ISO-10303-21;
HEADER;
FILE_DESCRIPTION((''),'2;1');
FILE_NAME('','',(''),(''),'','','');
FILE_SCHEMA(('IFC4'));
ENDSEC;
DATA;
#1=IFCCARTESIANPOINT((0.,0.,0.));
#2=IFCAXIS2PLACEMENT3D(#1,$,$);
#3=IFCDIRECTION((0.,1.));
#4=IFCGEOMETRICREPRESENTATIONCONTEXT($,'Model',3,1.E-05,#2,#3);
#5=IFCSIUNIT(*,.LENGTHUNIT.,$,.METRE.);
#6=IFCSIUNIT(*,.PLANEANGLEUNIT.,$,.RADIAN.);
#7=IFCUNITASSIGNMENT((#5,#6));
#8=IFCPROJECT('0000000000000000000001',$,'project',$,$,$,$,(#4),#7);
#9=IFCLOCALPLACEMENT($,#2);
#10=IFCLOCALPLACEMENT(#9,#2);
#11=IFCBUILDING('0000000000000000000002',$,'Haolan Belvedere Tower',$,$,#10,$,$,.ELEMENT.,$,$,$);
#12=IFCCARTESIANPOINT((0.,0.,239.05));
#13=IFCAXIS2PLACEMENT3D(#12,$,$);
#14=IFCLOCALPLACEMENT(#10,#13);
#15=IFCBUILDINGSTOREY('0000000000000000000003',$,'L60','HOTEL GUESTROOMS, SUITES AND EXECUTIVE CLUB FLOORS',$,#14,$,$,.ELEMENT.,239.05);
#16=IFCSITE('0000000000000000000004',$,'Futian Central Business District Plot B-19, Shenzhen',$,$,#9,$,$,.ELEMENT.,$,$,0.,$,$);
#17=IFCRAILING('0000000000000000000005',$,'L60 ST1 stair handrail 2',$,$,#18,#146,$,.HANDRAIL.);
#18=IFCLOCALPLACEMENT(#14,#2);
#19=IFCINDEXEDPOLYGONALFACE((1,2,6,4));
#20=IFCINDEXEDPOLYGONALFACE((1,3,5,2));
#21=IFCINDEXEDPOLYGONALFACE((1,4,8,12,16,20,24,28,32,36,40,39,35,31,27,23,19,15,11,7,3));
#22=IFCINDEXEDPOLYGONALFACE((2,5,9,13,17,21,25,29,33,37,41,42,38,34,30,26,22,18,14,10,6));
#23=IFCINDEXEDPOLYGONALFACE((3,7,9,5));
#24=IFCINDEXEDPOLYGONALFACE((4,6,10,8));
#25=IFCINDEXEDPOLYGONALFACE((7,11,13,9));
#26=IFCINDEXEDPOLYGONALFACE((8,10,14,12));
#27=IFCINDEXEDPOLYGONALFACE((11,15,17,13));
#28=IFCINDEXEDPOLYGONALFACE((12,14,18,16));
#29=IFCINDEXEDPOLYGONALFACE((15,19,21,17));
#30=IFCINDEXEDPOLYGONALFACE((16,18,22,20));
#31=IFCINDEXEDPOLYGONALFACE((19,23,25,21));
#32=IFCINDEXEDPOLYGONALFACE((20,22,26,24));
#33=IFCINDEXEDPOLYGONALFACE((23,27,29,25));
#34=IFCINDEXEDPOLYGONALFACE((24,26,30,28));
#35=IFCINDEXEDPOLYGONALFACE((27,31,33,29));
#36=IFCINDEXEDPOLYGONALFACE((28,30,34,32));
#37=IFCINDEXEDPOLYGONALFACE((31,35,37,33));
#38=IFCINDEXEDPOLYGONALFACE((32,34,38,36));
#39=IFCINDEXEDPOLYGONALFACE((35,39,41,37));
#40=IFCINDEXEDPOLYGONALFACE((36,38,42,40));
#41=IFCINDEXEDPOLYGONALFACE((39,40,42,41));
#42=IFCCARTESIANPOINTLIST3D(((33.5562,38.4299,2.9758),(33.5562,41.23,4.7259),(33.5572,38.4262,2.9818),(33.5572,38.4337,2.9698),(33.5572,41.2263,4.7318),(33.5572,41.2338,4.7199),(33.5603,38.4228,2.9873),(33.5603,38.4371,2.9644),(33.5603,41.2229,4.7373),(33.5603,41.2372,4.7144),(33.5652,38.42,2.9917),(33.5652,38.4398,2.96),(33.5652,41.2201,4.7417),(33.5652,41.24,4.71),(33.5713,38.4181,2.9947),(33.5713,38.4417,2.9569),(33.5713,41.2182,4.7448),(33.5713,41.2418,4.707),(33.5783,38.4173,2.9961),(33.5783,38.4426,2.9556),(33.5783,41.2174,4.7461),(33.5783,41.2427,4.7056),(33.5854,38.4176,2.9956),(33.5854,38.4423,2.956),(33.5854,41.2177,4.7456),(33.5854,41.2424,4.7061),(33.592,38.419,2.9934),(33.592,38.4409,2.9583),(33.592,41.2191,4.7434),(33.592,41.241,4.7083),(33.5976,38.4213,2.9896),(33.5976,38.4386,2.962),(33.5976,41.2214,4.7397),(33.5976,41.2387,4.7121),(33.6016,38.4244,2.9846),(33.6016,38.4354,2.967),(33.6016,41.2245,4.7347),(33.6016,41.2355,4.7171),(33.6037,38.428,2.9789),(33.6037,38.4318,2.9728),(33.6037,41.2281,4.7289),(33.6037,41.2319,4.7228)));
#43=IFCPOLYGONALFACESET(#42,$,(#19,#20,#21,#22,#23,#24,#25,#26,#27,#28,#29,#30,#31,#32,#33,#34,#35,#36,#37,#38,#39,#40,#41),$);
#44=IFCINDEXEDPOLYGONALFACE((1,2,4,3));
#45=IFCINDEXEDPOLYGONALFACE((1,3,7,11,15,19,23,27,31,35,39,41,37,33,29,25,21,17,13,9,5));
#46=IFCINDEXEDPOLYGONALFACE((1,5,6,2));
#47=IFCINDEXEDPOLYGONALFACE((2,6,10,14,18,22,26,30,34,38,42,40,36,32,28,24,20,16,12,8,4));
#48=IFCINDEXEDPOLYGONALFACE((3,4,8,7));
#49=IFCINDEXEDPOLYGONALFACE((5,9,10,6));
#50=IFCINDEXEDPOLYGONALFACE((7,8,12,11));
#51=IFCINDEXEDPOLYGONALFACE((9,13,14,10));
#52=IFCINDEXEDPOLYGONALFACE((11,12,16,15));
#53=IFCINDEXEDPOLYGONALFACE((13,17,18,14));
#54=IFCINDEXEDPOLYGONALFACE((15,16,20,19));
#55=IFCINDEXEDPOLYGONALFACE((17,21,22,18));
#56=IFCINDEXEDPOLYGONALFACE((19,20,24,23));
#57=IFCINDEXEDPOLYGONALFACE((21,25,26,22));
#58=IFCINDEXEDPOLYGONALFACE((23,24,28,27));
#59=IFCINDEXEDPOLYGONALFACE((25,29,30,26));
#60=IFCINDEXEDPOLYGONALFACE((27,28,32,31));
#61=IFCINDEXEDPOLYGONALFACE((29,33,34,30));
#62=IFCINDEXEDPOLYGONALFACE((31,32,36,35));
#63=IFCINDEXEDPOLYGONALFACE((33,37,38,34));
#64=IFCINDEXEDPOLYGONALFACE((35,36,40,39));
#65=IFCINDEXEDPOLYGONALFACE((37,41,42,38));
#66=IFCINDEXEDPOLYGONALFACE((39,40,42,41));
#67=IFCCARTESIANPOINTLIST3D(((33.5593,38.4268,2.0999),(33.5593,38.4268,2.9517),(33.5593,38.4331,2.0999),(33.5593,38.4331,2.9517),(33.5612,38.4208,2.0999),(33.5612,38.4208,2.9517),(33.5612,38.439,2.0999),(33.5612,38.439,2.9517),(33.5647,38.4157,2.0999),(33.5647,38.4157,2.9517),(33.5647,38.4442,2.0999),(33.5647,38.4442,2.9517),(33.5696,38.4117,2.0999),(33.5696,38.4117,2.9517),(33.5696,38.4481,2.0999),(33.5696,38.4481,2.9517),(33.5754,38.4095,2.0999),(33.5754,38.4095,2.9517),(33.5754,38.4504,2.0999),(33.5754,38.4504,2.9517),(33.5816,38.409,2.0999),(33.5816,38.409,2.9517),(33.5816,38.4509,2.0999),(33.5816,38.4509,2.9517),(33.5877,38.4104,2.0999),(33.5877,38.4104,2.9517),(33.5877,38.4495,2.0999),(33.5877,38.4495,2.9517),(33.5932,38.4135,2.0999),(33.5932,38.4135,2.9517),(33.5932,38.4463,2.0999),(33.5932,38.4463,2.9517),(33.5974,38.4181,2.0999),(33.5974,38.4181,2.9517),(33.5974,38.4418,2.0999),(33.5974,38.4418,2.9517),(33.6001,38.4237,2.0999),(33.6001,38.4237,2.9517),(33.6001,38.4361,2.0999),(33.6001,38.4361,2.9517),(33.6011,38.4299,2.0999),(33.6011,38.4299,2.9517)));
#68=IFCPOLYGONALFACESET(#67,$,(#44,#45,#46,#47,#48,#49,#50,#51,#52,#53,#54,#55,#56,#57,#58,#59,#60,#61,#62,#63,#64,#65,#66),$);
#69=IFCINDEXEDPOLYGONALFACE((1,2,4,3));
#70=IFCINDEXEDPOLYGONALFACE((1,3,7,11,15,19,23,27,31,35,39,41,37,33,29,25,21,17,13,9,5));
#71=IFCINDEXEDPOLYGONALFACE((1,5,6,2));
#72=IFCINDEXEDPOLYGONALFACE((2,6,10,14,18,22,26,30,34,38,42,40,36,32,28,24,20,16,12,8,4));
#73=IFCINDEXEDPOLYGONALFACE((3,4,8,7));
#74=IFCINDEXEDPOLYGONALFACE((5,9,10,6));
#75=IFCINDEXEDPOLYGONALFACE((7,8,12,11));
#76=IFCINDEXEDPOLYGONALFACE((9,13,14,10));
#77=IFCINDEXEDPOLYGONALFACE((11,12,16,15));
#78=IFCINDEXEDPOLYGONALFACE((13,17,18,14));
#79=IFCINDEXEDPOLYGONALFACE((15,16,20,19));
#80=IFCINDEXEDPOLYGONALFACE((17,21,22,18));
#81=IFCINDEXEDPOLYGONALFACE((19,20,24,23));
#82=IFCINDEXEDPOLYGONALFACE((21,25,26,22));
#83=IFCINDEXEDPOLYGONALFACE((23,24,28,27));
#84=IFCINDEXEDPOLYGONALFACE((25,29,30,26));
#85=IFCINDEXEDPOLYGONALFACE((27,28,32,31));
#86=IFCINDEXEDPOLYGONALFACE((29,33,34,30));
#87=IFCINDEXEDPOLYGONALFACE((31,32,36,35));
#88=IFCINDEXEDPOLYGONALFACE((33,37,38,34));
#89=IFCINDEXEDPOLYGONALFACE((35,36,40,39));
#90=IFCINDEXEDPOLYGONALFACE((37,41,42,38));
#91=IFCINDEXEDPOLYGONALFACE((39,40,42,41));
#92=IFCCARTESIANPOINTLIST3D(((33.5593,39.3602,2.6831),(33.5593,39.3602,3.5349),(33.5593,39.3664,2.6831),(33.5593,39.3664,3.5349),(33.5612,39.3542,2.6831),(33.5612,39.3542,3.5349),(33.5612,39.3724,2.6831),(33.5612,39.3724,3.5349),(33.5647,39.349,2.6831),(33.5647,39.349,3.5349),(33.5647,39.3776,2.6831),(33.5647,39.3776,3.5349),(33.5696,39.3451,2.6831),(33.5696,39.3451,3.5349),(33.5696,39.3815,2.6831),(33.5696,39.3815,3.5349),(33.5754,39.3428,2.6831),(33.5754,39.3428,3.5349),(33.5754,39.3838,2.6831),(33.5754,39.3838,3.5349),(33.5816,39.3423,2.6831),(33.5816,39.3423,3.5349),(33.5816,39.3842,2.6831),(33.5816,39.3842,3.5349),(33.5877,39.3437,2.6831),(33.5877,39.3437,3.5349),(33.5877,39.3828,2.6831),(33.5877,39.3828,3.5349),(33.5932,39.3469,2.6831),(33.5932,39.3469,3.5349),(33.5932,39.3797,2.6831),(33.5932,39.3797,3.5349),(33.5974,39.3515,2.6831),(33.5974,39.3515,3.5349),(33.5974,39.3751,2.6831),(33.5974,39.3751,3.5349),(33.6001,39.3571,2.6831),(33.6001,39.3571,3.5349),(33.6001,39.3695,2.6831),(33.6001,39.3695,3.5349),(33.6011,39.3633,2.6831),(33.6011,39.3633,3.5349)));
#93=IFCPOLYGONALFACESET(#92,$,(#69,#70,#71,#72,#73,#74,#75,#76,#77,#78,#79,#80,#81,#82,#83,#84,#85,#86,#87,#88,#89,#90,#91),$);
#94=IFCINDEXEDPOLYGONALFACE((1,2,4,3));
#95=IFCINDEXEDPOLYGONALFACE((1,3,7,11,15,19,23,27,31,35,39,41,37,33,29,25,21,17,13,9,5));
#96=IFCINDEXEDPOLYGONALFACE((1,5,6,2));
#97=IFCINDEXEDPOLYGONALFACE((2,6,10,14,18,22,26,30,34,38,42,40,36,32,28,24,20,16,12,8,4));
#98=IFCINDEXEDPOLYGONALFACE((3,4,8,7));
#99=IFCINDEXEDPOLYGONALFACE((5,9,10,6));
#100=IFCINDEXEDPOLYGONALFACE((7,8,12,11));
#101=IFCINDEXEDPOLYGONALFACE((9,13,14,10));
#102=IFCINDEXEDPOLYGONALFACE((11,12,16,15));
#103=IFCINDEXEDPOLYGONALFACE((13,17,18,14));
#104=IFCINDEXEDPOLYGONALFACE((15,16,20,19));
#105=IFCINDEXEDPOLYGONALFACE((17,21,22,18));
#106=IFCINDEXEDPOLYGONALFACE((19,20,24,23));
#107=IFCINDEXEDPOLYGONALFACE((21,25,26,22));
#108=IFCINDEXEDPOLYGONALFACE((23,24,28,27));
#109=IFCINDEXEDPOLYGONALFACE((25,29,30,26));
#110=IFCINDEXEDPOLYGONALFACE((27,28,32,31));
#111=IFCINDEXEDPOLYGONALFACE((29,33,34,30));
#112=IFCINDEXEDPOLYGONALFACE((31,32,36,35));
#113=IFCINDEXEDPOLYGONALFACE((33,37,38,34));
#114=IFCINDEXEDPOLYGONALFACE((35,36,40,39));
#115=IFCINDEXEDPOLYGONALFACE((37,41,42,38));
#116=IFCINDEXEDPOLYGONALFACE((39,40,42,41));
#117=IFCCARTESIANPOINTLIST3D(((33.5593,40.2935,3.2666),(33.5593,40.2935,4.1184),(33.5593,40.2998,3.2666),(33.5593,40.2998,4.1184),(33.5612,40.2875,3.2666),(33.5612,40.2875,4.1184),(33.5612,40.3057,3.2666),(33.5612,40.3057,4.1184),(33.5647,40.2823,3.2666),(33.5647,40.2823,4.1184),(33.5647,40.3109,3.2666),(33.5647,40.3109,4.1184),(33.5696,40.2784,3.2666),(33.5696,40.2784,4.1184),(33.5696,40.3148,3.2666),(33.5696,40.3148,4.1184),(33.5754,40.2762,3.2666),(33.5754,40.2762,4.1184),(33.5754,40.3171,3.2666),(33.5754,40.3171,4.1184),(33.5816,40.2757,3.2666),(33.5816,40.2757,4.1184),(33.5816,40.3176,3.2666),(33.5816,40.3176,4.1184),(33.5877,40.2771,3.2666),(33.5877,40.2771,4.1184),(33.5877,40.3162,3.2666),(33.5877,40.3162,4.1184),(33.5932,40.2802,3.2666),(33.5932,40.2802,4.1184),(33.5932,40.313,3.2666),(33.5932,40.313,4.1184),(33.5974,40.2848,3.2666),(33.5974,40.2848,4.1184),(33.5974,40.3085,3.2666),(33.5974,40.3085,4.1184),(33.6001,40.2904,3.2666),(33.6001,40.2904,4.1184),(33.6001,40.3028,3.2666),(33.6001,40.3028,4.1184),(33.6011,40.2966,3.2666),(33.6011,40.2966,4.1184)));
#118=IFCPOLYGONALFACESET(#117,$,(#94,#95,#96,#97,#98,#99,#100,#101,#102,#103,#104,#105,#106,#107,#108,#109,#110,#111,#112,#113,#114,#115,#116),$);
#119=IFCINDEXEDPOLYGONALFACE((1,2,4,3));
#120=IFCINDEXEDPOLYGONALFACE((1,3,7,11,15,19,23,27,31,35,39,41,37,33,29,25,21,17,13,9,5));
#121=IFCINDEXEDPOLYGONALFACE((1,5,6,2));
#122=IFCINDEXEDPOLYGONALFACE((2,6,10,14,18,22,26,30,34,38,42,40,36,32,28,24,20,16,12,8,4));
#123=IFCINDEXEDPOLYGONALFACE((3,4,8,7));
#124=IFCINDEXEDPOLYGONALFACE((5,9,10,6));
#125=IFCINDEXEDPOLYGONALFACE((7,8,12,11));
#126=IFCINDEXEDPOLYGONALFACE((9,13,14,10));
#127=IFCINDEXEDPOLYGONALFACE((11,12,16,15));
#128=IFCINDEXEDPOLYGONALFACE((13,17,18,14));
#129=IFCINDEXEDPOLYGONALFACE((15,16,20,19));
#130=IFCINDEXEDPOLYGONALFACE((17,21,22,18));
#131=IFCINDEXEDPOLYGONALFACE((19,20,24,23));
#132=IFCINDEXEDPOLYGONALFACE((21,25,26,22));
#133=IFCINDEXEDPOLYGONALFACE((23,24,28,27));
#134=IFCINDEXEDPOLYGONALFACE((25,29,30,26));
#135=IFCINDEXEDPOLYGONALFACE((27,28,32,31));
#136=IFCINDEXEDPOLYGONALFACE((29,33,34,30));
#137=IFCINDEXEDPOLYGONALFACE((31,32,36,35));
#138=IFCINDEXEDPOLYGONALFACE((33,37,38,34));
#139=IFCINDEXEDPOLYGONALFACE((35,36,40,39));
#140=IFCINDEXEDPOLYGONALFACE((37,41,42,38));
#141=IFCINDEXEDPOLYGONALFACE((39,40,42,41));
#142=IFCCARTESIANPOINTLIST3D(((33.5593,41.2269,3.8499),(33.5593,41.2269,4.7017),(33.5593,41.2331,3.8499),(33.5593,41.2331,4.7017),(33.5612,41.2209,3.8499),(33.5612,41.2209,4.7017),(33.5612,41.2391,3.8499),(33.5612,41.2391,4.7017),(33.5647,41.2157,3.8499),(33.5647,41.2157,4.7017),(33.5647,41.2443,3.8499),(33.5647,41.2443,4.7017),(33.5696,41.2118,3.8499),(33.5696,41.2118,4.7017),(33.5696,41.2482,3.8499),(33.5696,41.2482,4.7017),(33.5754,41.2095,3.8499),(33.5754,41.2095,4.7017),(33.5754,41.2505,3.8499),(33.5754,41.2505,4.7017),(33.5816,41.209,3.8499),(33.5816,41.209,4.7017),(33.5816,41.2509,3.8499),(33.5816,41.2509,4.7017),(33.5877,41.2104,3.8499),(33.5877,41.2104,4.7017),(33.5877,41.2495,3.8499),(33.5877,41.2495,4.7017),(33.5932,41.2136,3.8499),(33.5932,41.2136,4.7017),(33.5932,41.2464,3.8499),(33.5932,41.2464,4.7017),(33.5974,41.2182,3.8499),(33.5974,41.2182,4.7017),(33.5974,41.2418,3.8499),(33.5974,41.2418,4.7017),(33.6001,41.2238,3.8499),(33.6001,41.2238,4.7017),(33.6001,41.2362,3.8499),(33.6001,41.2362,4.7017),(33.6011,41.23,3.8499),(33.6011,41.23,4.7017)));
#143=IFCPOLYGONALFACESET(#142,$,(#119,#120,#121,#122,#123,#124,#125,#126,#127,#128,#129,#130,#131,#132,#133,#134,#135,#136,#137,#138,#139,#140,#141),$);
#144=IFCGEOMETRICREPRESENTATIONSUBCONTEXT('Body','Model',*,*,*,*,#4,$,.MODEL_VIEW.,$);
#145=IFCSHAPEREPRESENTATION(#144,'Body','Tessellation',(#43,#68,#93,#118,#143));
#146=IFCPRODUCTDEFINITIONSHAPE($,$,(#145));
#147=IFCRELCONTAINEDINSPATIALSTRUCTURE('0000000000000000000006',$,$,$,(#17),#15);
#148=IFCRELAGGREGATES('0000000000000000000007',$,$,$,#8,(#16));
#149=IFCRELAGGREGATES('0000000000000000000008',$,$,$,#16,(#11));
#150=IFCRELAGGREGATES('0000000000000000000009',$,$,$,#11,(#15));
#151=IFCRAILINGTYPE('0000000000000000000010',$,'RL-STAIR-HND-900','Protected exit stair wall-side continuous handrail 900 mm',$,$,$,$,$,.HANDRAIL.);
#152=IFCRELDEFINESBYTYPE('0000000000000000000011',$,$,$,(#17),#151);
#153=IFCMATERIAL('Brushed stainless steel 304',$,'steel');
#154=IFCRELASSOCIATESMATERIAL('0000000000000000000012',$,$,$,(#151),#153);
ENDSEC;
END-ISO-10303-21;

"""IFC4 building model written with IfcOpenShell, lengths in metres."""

from ifc_helpers import new_model, si_unit, direction, frame, origin, origin_2d, place, context, subcontext, project, spatial, circle, extrude, material, type_object, element, save


model = new_model("IFC4")

# Units and contexts
model_context = context("Model", 3, precision=1e-05, world=origin(), true_north=direction((0.0, 1.0)))
body_context = subcontext(model_context, "Body", "Model", "MODEL_VIEW")
ifc_project = project(units=[si_unit("LENGTHUNIT", "METRE"), si_unit("PLANEANGLEUNIT", "RADIAN")], contexts=[model_context])

# Site, building, storey
site_placement = place(None, origin())
site = spatial("IfcSite", under=ifc_project, at=site_placement, Name="Futian Central Business District Plot B-19, Shenzhen", CompositionType="ELEMENT", RefElevation=0.0)
building_placement = place(site_placement, origin())
building = spatial("IfcBuilding", under=site, at=building_placement, Name="Haolan Belvedere Tower", CompositionType="ELEMENT")
storey_placement = place(building_placement, frame((0.0, 0.0, 239.05)))
storey = spatial("IfcBuildingStorey", under=building, at=storey_placement, Name="L60", Description="HOTEL GUESTROOMS, SUITES AND EXECUTIVE CLUB FLOORS", CompositionType="ELEMENT", Elevation=239.05)

# Railing
ifc_material_1 = material(Name="Brushed stainless steel 304", Category="steel")
railing_type_1 = type_object("IfcRailingType", Name="RL-STAIR-HND-900", Description="Protected exit stair wall-side continuous handrail 900 mm", PredefinedType="HANDRAIL", material=ifc_material_1)
railing_1_placement = place(storey_placement, frame((33.5801, 38.4299, 2.0999)))
element("IfcRailing", 1, at=railing_1_placement, inside=storey, type_object=railing_type_1, Name="L60 ST1 stair handrail 2", PredefinedType="HANDRAIL", context=body_context, shape_type="SweptSolid", body=[
    extrude(circle(Radius=0.0239, at=origin_2d()), frame((0.0, 0.0, 0.876), z_axis=(0.0, 0.848002, 0.529992), x_axis=(-1.0, 0.0, 0.0)), (0.0, 0.0, 1.0), 3.302),
    extrude(circle(Radius=0.021, at=origin_2d()), origin(), (0.0, 0.0, 1.0), 0.8518),
    extrude(circle(Radius=0.021, at=origin_2d()), frame((0.0, 0.9333, 0.5833)), (0.0, 0.0, 1.0), 0.8518),
    extrude(circle(Radius=0.021, at=origin_2d()), frame((0.0, 1.8667, 1.1667)), (0.0, 0.0, 1.0), 0.8518),
    extrude(circle(Radius=0.021, at=origin_2d()), frame((0.0, 2.8, 1.75)), (0.0, 0.0, 1.0), 0.8518),
])

save(model, "model.ifc")
